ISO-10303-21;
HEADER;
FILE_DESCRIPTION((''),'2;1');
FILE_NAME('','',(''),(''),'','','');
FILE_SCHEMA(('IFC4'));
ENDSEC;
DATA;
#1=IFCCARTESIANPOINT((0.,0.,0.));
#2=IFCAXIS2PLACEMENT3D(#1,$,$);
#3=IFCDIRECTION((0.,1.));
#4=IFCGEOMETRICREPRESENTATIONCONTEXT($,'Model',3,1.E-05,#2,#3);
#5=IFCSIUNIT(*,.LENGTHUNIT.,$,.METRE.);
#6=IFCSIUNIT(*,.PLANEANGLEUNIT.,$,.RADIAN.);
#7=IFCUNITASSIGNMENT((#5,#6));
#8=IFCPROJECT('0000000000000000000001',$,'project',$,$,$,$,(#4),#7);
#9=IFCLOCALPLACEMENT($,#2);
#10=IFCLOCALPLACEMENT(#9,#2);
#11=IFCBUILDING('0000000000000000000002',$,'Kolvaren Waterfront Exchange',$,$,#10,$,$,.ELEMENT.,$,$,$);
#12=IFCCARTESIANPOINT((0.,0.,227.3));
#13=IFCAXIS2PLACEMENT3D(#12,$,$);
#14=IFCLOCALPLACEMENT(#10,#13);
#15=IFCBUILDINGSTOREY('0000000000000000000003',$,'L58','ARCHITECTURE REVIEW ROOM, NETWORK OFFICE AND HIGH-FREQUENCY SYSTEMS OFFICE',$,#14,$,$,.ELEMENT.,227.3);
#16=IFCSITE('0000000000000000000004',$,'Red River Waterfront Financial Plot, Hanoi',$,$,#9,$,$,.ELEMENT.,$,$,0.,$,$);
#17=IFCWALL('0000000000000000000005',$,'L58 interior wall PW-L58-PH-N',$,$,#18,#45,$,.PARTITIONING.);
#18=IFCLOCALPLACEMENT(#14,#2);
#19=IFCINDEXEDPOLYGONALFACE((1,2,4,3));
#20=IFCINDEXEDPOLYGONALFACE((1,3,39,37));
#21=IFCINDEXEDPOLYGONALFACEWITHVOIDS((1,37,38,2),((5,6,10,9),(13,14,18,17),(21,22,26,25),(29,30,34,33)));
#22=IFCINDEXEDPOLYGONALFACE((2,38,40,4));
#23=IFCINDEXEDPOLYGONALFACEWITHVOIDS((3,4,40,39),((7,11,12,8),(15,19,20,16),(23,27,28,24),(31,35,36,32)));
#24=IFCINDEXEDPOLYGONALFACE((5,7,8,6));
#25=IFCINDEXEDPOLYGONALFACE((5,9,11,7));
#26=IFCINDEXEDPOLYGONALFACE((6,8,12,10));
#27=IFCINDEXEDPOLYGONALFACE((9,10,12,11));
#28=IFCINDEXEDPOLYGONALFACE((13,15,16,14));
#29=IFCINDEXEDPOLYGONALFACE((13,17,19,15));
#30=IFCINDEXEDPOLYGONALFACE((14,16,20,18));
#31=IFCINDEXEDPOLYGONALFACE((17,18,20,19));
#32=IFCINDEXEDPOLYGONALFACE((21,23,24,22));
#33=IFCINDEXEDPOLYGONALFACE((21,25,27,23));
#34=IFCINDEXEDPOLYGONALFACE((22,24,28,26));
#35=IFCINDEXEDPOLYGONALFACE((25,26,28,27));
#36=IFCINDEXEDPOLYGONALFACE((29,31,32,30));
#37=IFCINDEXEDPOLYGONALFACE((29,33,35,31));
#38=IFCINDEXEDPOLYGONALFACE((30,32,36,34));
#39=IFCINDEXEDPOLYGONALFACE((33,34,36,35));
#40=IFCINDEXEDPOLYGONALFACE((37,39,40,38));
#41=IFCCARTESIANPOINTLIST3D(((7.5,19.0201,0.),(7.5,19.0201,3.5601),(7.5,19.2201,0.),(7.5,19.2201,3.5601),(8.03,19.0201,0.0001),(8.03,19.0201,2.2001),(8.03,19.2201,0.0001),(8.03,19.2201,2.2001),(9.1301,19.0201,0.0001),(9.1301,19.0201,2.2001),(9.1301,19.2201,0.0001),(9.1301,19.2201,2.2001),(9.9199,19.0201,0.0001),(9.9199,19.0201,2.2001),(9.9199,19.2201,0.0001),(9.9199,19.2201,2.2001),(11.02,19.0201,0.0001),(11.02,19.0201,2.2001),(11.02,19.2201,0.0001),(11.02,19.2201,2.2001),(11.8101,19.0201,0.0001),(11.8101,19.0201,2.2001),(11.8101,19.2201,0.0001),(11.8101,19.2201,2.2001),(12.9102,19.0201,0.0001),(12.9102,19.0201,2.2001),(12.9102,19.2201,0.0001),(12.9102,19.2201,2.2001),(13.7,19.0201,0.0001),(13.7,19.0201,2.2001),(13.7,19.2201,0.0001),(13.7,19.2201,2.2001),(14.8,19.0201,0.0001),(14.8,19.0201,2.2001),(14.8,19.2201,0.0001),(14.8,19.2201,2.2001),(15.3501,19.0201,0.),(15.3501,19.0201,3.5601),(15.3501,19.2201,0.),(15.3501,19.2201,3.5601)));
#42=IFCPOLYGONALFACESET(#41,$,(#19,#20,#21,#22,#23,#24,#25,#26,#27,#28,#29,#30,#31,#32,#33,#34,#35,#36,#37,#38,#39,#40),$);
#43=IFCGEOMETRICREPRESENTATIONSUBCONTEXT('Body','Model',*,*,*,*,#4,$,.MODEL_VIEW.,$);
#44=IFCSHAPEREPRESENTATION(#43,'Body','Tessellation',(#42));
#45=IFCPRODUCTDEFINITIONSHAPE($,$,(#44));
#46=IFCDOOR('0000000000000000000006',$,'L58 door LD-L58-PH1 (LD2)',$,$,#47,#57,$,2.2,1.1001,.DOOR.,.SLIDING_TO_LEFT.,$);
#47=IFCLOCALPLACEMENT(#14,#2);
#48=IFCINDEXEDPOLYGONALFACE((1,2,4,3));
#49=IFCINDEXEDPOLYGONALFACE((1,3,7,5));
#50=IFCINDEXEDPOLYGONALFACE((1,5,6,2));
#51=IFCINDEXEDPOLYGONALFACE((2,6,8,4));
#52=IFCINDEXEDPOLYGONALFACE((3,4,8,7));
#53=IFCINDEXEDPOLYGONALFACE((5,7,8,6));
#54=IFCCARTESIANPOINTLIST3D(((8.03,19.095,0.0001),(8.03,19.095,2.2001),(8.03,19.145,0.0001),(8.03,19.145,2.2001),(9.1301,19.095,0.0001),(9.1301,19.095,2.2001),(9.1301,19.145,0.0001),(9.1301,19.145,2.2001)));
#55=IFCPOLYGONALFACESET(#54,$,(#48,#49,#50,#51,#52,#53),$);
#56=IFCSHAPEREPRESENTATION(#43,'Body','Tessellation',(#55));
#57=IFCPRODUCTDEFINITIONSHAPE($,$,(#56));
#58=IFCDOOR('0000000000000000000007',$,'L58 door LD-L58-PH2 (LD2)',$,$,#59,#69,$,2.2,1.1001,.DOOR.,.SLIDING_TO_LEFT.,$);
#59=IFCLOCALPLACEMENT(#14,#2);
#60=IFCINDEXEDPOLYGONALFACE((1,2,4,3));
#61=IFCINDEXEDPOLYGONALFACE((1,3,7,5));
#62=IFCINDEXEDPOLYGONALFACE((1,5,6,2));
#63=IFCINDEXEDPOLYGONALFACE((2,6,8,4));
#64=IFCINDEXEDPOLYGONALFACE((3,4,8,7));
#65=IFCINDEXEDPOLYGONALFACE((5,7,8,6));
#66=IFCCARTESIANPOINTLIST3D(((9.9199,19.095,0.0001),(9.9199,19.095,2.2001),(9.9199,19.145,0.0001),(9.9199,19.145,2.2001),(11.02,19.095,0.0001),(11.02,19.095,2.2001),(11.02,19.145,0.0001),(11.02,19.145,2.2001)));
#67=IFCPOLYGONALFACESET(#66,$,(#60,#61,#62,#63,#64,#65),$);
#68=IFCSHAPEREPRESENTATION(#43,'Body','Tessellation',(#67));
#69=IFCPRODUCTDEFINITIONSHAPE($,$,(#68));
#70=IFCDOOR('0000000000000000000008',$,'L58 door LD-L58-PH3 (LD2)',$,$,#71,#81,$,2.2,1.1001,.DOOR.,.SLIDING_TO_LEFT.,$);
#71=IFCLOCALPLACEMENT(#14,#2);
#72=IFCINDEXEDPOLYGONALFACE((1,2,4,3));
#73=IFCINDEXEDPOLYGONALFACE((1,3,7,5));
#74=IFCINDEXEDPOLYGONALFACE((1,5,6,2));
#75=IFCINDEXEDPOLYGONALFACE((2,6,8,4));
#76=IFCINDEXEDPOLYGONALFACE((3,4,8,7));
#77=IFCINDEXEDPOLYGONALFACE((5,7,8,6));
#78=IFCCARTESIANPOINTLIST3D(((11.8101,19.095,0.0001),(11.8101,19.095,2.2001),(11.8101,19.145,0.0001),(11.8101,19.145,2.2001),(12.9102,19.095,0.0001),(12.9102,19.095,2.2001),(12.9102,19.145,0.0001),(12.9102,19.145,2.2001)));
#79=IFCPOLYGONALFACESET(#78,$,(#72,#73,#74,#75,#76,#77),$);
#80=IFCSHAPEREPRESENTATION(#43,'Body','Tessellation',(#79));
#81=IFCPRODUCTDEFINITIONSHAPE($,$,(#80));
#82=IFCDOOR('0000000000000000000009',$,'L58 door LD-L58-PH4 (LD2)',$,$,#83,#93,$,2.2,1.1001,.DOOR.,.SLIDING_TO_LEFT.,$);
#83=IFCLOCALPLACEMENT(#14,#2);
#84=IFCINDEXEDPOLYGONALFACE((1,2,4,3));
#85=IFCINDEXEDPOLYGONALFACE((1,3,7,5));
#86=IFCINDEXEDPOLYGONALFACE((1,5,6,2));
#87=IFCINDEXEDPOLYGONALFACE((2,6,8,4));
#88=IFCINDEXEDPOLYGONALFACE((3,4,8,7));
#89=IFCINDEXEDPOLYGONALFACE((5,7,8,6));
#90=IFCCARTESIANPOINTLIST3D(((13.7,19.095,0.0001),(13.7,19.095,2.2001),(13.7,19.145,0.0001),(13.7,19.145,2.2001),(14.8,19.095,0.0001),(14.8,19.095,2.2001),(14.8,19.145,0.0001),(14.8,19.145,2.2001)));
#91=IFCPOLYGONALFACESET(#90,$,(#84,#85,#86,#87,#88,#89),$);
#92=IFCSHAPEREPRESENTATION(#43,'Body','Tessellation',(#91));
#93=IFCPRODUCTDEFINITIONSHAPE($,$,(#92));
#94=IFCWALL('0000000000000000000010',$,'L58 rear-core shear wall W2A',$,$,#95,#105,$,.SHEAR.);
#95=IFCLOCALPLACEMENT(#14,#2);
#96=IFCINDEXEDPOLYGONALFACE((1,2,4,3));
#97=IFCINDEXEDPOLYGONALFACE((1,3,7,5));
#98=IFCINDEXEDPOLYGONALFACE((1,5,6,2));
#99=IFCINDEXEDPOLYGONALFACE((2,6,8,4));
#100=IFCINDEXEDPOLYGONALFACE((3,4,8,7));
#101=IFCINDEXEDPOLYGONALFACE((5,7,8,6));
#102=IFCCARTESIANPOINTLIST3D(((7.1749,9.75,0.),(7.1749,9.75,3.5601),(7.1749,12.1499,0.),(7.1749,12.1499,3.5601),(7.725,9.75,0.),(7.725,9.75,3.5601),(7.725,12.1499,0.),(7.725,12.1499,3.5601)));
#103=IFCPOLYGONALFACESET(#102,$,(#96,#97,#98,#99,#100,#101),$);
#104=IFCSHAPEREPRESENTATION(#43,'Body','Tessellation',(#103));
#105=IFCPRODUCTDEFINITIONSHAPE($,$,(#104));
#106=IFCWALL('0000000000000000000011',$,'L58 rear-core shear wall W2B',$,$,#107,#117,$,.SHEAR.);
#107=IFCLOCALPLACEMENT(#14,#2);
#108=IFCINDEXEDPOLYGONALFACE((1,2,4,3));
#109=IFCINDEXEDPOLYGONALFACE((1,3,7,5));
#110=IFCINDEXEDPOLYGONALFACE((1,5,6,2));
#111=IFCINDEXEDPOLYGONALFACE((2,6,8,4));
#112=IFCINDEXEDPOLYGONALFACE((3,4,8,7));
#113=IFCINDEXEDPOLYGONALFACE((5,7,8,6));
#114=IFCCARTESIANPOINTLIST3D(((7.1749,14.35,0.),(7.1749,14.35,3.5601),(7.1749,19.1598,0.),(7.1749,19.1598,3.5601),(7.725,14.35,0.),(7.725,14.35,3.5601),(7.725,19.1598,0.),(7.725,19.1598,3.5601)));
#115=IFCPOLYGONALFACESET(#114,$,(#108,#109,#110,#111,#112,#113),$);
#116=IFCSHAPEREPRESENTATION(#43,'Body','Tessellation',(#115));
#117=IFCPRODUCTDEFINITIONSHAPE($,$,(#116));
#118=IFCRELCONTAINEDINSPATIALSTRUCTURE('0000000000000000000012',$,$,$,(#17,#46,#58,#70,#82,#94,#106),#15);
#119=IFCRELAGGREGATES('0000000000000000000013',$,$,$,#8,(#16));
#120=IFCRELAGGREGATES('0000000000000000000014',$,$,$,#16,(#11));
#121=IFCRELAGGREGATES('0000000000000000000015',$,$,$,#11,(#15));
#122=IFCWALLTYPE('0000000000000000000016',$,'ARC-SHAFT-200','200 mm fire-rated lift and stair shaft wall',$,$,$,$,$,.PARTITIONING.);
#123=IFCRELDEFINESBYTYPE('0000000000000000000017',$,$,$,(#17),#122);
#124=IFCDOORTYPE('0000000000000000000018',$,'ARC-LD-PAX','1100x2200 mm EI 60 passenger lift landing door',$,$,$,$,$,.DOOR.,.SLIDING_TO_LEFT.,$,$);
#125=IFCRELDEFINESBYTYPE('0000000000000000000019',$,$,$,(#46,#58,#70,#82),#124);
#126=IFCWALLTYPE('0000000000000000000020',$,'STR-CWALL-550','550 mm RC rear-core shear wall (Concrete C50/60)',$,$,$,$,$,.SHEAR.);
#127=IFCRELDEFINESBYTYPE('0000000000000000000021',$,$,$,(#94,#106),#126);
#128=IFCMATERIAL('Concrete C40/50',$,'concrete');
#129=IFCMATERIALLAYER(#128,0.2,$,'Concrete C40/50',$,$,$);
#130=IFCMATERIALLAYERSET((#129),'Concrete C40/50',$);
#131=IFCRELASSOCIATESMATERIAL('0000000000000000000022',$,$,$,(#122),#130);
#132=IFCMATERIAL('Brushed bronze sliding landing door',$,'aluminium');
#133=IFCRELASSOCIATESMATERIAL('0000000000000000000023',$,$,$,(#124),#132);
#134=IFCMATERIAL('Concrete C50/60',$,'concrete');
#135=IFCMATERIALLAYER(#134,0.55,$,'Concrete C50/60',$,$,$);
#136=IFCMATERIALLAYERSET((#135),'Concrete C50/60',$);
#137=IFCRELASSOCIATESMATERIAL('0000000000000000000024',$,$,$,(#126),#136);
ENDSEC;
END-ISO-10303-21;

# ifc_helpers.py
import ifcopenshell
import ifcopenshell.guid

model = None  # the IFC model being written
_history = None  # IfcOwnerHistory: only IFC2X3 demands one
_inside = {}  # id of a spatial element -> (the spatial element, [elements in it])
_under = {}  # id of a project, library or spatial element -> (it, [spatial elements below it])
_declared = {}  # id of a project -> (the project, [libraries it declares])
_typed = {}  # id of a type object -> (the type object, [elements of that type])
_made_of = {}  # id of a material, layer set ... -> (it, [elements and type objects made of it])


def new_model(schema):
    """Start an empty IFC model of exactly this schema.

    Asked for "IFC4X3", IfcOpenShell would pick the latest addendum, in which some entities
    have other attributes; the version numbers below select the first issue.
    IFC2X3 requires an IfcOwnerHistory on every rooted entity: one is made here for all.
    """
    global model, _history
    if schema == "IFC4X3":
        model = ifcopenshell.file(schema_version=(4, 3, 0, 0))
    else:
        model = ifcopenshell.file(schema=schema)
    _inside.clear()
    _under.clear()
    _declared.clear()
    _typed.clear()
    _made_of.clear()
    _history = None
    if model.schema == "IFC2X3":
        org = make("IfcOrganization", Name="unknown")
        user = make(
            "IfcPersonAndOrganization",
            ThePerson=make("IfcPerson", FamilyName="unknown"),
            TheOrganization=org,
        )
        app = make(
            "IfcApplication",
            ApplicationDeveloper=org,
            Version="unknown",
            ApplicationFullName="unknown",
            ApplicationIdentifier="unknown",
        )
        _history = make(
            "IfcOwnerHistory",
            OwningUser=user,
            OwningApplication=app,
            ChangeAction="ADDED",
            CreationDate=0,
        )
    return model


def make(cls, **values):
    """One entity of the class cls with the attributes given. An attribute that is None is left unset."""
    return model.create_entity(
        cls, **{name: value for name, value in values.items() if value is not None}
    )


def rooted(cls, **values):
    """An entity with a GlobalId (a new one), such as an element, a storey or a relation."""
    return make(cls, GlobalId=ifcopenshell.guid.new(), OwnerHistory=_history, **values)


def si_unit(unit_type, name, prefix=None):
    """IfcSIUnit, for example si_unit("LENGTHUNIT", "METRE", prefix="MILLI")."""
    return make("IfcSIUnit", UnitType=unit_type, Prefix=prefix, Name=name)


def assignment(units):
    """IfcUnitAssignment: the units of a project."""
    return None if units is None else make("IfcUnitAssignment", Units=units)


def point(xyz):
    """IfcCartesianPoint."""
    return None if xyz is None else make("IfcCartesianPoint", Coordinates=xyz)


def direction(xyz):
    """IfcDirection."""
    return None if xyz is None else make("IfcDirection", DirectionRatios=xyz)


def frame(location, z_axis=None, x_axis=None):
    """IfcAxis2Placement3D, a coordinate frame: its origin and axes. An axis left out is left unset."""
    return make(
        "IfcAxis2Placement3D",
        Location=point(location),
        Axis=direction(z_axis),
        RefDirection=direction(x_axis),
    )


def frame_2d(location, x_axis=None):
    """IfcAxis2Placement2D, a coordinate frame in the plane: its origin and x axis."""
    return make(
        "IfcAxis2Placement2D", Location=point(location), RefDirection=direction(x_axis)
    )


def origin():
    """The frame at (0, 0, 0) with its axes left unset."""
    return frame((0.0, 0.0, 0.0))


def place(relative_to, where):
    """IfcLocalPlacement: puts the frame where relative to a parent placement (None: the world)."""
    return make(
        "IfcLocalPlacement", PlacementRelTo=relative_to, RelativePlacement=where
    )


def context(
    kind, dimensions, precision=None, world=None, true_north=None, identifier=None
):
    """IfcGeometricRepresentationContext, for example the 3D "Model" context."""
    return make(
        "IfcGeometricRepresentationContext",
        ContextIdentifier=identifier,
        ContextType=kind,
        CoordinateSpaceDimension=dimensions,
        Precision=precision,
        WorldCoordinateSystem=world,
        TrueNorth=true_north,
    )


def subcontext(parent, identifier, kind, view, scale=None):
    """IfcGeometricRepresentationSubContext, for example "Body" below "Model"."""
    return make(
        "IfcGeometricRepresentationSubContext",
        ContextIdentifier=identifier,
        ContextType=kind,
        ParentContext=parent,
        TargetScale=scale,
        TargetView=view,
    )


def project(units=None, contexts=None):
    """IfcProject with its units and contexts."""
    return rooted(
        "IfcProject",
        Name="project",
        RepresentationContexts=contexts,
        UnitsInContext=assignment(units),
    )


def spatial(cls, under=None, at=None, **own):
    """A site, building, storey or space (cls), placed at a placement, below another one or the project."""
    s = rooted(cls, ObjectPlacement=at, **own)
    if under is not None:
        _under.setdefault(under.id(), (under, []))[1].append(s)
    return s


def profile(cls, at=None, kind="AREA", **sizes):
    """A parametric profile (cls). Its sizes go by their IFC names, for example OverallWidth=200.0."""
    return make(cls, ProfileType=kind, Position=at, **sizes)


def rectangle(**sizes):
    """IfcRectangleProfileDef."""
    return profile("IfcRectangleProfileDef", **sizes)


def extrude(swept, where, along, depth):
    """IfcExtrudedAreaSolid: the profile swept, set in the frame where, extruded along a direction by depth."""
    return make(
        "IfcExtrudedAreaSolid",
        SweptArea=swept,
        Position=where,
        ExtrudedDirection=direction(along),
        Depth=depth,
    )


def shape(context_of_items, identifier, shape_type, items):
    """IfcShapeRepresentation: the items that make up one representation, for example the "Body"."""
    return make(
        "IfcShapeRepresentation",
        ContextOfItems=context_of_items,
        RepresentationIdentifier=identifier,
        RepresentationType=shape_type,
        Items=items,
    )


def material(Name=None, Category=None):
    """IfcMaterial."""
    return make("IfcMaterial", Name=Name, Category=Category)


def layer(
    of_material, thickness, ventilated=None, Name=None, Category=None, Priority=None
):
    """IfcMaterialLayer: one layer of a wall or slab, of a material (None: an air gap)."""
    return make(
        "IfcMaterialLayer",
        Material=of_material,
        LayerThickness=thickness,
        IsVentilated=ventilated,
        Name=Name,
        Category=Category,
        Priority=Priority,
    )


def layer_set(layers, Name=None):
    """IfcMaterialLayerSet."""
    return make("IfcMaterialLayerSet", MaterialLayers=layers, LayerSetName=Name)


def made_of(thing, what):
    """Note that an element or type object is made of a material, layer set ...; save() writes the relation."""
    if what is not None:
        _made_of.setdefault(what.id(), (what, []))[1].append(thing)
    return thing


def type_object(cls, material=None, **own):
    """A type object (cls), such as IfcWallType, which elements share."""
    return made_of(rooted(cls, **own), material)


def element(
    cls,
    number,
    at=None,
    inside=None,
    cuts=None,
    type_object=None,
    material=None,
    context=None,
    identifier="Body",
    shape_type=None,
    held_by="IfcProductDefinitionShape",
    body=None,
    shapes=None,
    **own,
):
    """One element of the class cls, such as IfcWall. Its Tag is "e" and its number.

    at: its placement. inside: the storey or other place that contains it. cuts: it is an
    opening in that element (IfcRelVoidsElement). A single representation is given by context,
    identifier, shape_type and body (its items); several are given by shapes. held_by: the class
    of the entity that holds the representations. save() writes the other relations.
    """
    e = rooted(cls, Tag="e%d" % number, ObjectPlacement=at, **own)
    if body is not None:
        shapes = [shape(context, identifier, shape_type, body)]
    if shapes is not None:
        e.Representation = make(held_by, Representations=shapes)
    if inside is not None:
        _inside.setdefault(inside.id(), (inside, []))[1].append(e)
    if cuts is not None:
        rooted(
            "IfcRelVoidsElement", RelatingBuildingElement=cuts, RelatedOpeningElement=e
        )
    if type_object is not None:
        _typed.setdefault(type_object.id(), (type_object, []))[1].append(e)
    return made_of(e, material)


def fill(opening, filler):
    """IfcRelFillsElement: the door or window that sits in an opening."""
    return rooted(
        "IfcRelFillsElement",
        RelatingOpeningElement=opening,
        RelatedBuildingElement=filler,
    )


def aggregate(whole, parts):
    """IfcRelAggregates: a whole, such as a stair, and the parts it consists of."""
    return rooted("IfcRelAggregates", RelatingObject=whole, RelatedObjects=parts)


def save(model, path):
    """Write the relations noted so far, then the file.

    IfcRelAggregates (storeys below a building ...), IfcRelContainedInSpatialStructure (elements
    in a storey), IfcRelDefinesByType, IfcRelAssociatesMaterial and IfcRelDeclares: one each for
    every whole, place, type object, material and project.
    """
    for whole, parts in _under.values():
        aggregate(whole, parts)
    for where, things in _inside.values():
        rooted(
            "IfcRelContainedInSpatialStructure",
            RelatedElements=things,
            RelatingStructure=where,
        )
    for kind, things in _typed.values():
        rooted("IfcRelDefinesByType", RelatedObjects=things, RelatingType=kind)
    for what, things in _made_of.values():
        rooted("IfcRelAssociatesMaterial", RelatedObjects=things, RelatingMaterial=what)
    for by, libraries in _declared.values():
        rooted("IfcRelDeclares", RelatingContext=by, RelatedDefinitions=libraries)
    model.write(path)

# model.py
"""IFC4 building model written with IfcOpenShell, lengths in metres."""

from ifc_helpers import new_model, si_unit, direction, frame, frame_2d, origin, place, context, subcontext, project, spatial, rectangle, extrude, material, layer, layer_set, type_object, element, fill, save


model = new_model("IFC4")

# Units and contexts
model_context = context("Model", 3, precision=1e-05, world=origin(), true_north=direction((0.0, 1.0)))
body_context = subcontext(model_context, "Body", "Model", "MODEL_VIEW")
ifc_project = project(units=[si_unit("LENGTHUNIT", "METRE"), si_unit("PLANEANGLEUNIT", "RADIAN")], contexts=[model_context])

# Site, building, storey
site_placement = place(None, origin())
site = spatial("IfcSite", under=ifc_project, at=site_placement, Name="Red River Waterfront Financial Plot, Hanoi", CompositionType="ELEMENT", RefElevation=0.0)
building_placement = place(site_placement, origin())
building = spatial("IfcBuilding", under=site, at=building_placement, Name="Kolvaren Waterfront Exchange", CompositionType="ELEMENT")
storey_placement = place(building_placement, frame((0.0, 0.0, 227.3)))
storey = spatial("IfcBuildingStorey", under=building, at=storey_placement, Name="L58", Description="ARCHITECTURE REVIEW ROOM, NETWORK OFFICE AND HIGH-FREQUENCY SYSTEMS OFFICE", CompositionType="ELEMENT", Elevation=227.3)

# Shared definitions
ifc_material_1 = material(Name="Concrete C40/50", Category="concrete")
ifc_layer_1 = layer(ifc_material_1, 0.2, Name="Concrete C40/50")
ifc_layer_set_1 = layer_set([ifc_layer_1], Name="Concrete C40/50")
wall_type_1 = type_object("IfcWallType", Name="ARC-SHAFT-200", Description="200 mm fire-rated lift and stair shaft wall", PredefinedType="PARTITIONING", material=ifc_layer_set_1)

# Wall, openings, doors
wall_1_placement = place(storey_placement, frame((7.5, 19.1201, 0.0), z_axis=(0.0, 0.0, 1.0), x_axis=(1.0, 0.0, 0.0)))
wall_1 = element("IfcWall", 1, at=wall_1_placement, inside=storey, type_object=wall_type_1, Name="L58 interior wall PW-L58-PH-N", PredefinedType="PARTITIONING", context=body_context, shape_type="SweptSolid", body=[
    extrude(rectangle(XDim=7.8501, YDim=0.2, at=frame_2d((3.925, 0.0))), origin(), (0.0, 0.0, 1.0), 3.5601),
])
opening_1_placement = place(wall_1_placement, frame((0.53, 0.0, 0.0)))
opening_1 = element("IfcOpeningElement", 2, at=opening_1_placement, cuts=wall_1, PredefinedType="OPENING", context=body_context, shape_type="SweptSolid", body=[
    extrude(rectangle(XDim=1.1001, YDim=2.2, at=frame_2d((0.55, 1.1001))), frame((0.0, 0.1099, 0.0), z_axis=(0.0, -1.0, 0.0), x_axis=(1.0, 0.0, 0.0)), (0.0, 0.0, 1.0), 0.22),
])
opening_2_placement = place(wall_1_placement, frame((2.4199, 0.0, 0.0)))
opening_2 = element("IfcOpeningElement", 3, at=opening_2_placement, cuts=wall_1, PredefinedType="OPENING", context=body_context, shape_type="SweptSolid", body=[
    extrude(rectangle(XDim=1.1001, YDim=2.2, at=frame_2d((0.55, 1.1001))), frame((0.0, 0.1099, 0.0), z_axis=(0.0, -1.0, 0.0), x_axis=(1.0, 0.0, 0.0)), (0.0, 0.0, 1.0), 0.22),
])
opening_3_placement = place(wall_1_placement, frame((4.3101, 0.0, 0.0)))
opening_3 = element("IfcOpeningElement", 4, at=opening_3_placement, cuts=wall_1, PredefinedType="OPENING", context=body_context, shape_type="SweptSolid", body=[
    extrude(rectangle(XDim=1.1001, YDim=2.2, at=frame_2d((0.55, 1.1001))), frame((0.0, 0.1099, 0.0), z_axis=(0.0, -1.0, 0.0), x_axis=(1.0, 0.0, 0.0)), (0.0, 0.0, 1.0), 0.22),
])
opening_4_placement = place(wall_1_placement, frame((6.2, 0.0, 0.0)))
opening_4 = element("IfcOpeningElement", 5, at=opening_4_placement, cuts=wall_1, PredefinedType="OPENING", context=body_context, shape_type="SweptSolid", body=[
    extrude(rectangle(XDim=1.1001, YDim=2.2, at=frame_2d((0.55, 1.1001))), frame((0.0, 0.1099, 0.0), z_axis=(0.0, -1.0, 0.0), x_axis=(1.0, 0.0, 0.0)), (0.0, 0.0, 1.0), 0.22),
])
ifc_material_2 = material(Name="Brushed bronze sliding landing door", Category="aluminium")
door_type_1 = type_object("IfcDoorType", Name="ARC-LD-PAX", Description="1100x2200 mm EI 60 passenger lift landing door", OperationType="SLIDING_TO_LEFT", PredefinedType="DOOR", material=ifc_material_2)
door_1_placement = place(opening_1_placement, origin())
door_1 = element("IfcDoor", 6, at=door_1_placement, inside=storey, type_object=door_type_1, Name="L58 door LD-L58-PH1 (LD2)", OperationType="SLIDING_TO_LEFT", OverallHeight=2.2, OverallWidth=1.1001, PredefinedType="DOOR", context=body_context, shape_type="SweptSolid", body=[
    extrude(rectangle(XDim=1.1001, YDim=2.2, at=frame_2d((0.55, 1.1001))), frame((0.0, 0.0249, 0.0), z_axis=(0.0, -1.0, 0.0), x_axis=(1.0, 0.0, 0.0)), (0.0, 0.0, 1.0), 0.05),
])
fill(opening_1, door_1)
door_2_placement = place(opening_2_placement, origin())
door_2 = element("IfcDoor", 7, at=door_2_placement, inside=storey, type_object=door_type_1, Name="L58 door LD-L58-PH2 (LD2)", OperationType="SLIDING_TO_LEFT", OverallHeight=2.2, OverallWidth=1.1001, PredefinedType="DOOR", context=body_context, shape_type="SweptSolid", body=[
    extrude(rectangle(XDim=1.1001, YDim=2.2, at=frame_2d((0.55, 1.1001))), frame((0.0, 0.0249, 0.0), z_axis=(0.0, -1.0, 0.0), x_axis=(1.0, 0.0, 0.0)), (0.0, 0.0, 1.0), 0.05),
])
fill(opening_2, door_2)
door_3_placement = place(opening_3_placement, origin())
door_3 = element("IfcDoor", 8, at=door_3_placement, inside=storey, type_object=door_type_1, Name="L58 door LD-L58-PH3 (LD2)", OperationType="SLIDING_TO_LEFT", OverallHeight=2.2, OverallWidth=1.1001, PredefinedType="DOOR", context=body_context, shape_type="SweptSolid", body=[
    extrude(rectangle(XDim=1.1001, YDim=2.2, at=frame_2d((0.55, 1.1001))), frame((0.0, 0.0249, 0.0), z_axis=(0.0, -1.0, 0.0), x_axis=(1.0, 0.0, 0.0)), (0.0, 0.0, 1.0), 0.05),
])
fill(opening_3, door_3)
door_4_placement = place(opening_4_placement, origin())
door_4 = element("IfcDoor", 9, at=door_4_placement, inside=storey, type_object=door_type_1, Name="L58 door LD-L58-PH4 (LD2)", OperationType="SLIDING_TO_LEFT", OverallHeight=2.2, OverallWidth=1.1001, PredefinedType="DOOR", context=body_context, shape_type="SweptSolid", body=[
    extrude(rectangle(XDim=1.1001, YDim=2.2, at=frame_2d((0.55, 1.1001))), frame((0.0, 0.0249, 0.0), z_axis=(0.0, -1.0, 0.0), x_axis=(1.0, 0.0, 0.0)), (0.0, 0.0, 1.0), 0.05),
])
fill(opening_4, door_4)

# Walls
ifc_material_3 = material(Name="Concrete C50/60", Category="concrete")
ifc_layer_2 = layer(ifc_material_3, 0.55, Name="Concrete C50/60")
ifc_layer_set_2 = layer_set([ifc_layer_2], Name="Concrete C50/60")
wall_type_2 = type_object("IfcWallType", Name="STR-CWALL-550", Description="550 mm RC rear-core shear wall (Concrete C50/60)", PredefinedType="SHEAR", material=ifc_layer_set_2)
wall_2_placement = place(storey_placement, frame((7.45, 9.75, 0.0), z_axis=(0.0, 0.0, 1.0), x_axis=(0.0, 1.0, 0.0)))
element("IfcWall", 10, at=wall_2_placement, inside=storey, type_object=wall_type_2, Name="L58 rear-core shear wall W2A", PredefinedType="SHEAR", context=body_context, shape_type="SweptSolid", body=[
    extrude(rectangle(XDim=2.3999, YDim=0.55, at=frame_2d((1.2, 0.0))), origin(), (0.0, 0.0, 1.0), 3.5601),
])
wall_3_placement = place(storey_placement, frame((7.45, 14.3501, 0.0), z_axis=(0.0, 0.0, 1.0), x_axis=(0.0, 1.0, 0.0)))
element("IfcWall", 11, at=wall_3_placement, inside=storey, type_object=wall_type_2, Name="L58 rear-core shear wall W2B", PredefinedType="SHEAR", context=body_context, shape_type="SweptSolid", body=[
    extrude(rectangle(XDim=4.8098, YDim=0.55, at=frame_2d((2.4048, 0.0))), origin(), (0.0, 0.0, 1.0), 3.5601),
])

save(model, "model.ifc")
